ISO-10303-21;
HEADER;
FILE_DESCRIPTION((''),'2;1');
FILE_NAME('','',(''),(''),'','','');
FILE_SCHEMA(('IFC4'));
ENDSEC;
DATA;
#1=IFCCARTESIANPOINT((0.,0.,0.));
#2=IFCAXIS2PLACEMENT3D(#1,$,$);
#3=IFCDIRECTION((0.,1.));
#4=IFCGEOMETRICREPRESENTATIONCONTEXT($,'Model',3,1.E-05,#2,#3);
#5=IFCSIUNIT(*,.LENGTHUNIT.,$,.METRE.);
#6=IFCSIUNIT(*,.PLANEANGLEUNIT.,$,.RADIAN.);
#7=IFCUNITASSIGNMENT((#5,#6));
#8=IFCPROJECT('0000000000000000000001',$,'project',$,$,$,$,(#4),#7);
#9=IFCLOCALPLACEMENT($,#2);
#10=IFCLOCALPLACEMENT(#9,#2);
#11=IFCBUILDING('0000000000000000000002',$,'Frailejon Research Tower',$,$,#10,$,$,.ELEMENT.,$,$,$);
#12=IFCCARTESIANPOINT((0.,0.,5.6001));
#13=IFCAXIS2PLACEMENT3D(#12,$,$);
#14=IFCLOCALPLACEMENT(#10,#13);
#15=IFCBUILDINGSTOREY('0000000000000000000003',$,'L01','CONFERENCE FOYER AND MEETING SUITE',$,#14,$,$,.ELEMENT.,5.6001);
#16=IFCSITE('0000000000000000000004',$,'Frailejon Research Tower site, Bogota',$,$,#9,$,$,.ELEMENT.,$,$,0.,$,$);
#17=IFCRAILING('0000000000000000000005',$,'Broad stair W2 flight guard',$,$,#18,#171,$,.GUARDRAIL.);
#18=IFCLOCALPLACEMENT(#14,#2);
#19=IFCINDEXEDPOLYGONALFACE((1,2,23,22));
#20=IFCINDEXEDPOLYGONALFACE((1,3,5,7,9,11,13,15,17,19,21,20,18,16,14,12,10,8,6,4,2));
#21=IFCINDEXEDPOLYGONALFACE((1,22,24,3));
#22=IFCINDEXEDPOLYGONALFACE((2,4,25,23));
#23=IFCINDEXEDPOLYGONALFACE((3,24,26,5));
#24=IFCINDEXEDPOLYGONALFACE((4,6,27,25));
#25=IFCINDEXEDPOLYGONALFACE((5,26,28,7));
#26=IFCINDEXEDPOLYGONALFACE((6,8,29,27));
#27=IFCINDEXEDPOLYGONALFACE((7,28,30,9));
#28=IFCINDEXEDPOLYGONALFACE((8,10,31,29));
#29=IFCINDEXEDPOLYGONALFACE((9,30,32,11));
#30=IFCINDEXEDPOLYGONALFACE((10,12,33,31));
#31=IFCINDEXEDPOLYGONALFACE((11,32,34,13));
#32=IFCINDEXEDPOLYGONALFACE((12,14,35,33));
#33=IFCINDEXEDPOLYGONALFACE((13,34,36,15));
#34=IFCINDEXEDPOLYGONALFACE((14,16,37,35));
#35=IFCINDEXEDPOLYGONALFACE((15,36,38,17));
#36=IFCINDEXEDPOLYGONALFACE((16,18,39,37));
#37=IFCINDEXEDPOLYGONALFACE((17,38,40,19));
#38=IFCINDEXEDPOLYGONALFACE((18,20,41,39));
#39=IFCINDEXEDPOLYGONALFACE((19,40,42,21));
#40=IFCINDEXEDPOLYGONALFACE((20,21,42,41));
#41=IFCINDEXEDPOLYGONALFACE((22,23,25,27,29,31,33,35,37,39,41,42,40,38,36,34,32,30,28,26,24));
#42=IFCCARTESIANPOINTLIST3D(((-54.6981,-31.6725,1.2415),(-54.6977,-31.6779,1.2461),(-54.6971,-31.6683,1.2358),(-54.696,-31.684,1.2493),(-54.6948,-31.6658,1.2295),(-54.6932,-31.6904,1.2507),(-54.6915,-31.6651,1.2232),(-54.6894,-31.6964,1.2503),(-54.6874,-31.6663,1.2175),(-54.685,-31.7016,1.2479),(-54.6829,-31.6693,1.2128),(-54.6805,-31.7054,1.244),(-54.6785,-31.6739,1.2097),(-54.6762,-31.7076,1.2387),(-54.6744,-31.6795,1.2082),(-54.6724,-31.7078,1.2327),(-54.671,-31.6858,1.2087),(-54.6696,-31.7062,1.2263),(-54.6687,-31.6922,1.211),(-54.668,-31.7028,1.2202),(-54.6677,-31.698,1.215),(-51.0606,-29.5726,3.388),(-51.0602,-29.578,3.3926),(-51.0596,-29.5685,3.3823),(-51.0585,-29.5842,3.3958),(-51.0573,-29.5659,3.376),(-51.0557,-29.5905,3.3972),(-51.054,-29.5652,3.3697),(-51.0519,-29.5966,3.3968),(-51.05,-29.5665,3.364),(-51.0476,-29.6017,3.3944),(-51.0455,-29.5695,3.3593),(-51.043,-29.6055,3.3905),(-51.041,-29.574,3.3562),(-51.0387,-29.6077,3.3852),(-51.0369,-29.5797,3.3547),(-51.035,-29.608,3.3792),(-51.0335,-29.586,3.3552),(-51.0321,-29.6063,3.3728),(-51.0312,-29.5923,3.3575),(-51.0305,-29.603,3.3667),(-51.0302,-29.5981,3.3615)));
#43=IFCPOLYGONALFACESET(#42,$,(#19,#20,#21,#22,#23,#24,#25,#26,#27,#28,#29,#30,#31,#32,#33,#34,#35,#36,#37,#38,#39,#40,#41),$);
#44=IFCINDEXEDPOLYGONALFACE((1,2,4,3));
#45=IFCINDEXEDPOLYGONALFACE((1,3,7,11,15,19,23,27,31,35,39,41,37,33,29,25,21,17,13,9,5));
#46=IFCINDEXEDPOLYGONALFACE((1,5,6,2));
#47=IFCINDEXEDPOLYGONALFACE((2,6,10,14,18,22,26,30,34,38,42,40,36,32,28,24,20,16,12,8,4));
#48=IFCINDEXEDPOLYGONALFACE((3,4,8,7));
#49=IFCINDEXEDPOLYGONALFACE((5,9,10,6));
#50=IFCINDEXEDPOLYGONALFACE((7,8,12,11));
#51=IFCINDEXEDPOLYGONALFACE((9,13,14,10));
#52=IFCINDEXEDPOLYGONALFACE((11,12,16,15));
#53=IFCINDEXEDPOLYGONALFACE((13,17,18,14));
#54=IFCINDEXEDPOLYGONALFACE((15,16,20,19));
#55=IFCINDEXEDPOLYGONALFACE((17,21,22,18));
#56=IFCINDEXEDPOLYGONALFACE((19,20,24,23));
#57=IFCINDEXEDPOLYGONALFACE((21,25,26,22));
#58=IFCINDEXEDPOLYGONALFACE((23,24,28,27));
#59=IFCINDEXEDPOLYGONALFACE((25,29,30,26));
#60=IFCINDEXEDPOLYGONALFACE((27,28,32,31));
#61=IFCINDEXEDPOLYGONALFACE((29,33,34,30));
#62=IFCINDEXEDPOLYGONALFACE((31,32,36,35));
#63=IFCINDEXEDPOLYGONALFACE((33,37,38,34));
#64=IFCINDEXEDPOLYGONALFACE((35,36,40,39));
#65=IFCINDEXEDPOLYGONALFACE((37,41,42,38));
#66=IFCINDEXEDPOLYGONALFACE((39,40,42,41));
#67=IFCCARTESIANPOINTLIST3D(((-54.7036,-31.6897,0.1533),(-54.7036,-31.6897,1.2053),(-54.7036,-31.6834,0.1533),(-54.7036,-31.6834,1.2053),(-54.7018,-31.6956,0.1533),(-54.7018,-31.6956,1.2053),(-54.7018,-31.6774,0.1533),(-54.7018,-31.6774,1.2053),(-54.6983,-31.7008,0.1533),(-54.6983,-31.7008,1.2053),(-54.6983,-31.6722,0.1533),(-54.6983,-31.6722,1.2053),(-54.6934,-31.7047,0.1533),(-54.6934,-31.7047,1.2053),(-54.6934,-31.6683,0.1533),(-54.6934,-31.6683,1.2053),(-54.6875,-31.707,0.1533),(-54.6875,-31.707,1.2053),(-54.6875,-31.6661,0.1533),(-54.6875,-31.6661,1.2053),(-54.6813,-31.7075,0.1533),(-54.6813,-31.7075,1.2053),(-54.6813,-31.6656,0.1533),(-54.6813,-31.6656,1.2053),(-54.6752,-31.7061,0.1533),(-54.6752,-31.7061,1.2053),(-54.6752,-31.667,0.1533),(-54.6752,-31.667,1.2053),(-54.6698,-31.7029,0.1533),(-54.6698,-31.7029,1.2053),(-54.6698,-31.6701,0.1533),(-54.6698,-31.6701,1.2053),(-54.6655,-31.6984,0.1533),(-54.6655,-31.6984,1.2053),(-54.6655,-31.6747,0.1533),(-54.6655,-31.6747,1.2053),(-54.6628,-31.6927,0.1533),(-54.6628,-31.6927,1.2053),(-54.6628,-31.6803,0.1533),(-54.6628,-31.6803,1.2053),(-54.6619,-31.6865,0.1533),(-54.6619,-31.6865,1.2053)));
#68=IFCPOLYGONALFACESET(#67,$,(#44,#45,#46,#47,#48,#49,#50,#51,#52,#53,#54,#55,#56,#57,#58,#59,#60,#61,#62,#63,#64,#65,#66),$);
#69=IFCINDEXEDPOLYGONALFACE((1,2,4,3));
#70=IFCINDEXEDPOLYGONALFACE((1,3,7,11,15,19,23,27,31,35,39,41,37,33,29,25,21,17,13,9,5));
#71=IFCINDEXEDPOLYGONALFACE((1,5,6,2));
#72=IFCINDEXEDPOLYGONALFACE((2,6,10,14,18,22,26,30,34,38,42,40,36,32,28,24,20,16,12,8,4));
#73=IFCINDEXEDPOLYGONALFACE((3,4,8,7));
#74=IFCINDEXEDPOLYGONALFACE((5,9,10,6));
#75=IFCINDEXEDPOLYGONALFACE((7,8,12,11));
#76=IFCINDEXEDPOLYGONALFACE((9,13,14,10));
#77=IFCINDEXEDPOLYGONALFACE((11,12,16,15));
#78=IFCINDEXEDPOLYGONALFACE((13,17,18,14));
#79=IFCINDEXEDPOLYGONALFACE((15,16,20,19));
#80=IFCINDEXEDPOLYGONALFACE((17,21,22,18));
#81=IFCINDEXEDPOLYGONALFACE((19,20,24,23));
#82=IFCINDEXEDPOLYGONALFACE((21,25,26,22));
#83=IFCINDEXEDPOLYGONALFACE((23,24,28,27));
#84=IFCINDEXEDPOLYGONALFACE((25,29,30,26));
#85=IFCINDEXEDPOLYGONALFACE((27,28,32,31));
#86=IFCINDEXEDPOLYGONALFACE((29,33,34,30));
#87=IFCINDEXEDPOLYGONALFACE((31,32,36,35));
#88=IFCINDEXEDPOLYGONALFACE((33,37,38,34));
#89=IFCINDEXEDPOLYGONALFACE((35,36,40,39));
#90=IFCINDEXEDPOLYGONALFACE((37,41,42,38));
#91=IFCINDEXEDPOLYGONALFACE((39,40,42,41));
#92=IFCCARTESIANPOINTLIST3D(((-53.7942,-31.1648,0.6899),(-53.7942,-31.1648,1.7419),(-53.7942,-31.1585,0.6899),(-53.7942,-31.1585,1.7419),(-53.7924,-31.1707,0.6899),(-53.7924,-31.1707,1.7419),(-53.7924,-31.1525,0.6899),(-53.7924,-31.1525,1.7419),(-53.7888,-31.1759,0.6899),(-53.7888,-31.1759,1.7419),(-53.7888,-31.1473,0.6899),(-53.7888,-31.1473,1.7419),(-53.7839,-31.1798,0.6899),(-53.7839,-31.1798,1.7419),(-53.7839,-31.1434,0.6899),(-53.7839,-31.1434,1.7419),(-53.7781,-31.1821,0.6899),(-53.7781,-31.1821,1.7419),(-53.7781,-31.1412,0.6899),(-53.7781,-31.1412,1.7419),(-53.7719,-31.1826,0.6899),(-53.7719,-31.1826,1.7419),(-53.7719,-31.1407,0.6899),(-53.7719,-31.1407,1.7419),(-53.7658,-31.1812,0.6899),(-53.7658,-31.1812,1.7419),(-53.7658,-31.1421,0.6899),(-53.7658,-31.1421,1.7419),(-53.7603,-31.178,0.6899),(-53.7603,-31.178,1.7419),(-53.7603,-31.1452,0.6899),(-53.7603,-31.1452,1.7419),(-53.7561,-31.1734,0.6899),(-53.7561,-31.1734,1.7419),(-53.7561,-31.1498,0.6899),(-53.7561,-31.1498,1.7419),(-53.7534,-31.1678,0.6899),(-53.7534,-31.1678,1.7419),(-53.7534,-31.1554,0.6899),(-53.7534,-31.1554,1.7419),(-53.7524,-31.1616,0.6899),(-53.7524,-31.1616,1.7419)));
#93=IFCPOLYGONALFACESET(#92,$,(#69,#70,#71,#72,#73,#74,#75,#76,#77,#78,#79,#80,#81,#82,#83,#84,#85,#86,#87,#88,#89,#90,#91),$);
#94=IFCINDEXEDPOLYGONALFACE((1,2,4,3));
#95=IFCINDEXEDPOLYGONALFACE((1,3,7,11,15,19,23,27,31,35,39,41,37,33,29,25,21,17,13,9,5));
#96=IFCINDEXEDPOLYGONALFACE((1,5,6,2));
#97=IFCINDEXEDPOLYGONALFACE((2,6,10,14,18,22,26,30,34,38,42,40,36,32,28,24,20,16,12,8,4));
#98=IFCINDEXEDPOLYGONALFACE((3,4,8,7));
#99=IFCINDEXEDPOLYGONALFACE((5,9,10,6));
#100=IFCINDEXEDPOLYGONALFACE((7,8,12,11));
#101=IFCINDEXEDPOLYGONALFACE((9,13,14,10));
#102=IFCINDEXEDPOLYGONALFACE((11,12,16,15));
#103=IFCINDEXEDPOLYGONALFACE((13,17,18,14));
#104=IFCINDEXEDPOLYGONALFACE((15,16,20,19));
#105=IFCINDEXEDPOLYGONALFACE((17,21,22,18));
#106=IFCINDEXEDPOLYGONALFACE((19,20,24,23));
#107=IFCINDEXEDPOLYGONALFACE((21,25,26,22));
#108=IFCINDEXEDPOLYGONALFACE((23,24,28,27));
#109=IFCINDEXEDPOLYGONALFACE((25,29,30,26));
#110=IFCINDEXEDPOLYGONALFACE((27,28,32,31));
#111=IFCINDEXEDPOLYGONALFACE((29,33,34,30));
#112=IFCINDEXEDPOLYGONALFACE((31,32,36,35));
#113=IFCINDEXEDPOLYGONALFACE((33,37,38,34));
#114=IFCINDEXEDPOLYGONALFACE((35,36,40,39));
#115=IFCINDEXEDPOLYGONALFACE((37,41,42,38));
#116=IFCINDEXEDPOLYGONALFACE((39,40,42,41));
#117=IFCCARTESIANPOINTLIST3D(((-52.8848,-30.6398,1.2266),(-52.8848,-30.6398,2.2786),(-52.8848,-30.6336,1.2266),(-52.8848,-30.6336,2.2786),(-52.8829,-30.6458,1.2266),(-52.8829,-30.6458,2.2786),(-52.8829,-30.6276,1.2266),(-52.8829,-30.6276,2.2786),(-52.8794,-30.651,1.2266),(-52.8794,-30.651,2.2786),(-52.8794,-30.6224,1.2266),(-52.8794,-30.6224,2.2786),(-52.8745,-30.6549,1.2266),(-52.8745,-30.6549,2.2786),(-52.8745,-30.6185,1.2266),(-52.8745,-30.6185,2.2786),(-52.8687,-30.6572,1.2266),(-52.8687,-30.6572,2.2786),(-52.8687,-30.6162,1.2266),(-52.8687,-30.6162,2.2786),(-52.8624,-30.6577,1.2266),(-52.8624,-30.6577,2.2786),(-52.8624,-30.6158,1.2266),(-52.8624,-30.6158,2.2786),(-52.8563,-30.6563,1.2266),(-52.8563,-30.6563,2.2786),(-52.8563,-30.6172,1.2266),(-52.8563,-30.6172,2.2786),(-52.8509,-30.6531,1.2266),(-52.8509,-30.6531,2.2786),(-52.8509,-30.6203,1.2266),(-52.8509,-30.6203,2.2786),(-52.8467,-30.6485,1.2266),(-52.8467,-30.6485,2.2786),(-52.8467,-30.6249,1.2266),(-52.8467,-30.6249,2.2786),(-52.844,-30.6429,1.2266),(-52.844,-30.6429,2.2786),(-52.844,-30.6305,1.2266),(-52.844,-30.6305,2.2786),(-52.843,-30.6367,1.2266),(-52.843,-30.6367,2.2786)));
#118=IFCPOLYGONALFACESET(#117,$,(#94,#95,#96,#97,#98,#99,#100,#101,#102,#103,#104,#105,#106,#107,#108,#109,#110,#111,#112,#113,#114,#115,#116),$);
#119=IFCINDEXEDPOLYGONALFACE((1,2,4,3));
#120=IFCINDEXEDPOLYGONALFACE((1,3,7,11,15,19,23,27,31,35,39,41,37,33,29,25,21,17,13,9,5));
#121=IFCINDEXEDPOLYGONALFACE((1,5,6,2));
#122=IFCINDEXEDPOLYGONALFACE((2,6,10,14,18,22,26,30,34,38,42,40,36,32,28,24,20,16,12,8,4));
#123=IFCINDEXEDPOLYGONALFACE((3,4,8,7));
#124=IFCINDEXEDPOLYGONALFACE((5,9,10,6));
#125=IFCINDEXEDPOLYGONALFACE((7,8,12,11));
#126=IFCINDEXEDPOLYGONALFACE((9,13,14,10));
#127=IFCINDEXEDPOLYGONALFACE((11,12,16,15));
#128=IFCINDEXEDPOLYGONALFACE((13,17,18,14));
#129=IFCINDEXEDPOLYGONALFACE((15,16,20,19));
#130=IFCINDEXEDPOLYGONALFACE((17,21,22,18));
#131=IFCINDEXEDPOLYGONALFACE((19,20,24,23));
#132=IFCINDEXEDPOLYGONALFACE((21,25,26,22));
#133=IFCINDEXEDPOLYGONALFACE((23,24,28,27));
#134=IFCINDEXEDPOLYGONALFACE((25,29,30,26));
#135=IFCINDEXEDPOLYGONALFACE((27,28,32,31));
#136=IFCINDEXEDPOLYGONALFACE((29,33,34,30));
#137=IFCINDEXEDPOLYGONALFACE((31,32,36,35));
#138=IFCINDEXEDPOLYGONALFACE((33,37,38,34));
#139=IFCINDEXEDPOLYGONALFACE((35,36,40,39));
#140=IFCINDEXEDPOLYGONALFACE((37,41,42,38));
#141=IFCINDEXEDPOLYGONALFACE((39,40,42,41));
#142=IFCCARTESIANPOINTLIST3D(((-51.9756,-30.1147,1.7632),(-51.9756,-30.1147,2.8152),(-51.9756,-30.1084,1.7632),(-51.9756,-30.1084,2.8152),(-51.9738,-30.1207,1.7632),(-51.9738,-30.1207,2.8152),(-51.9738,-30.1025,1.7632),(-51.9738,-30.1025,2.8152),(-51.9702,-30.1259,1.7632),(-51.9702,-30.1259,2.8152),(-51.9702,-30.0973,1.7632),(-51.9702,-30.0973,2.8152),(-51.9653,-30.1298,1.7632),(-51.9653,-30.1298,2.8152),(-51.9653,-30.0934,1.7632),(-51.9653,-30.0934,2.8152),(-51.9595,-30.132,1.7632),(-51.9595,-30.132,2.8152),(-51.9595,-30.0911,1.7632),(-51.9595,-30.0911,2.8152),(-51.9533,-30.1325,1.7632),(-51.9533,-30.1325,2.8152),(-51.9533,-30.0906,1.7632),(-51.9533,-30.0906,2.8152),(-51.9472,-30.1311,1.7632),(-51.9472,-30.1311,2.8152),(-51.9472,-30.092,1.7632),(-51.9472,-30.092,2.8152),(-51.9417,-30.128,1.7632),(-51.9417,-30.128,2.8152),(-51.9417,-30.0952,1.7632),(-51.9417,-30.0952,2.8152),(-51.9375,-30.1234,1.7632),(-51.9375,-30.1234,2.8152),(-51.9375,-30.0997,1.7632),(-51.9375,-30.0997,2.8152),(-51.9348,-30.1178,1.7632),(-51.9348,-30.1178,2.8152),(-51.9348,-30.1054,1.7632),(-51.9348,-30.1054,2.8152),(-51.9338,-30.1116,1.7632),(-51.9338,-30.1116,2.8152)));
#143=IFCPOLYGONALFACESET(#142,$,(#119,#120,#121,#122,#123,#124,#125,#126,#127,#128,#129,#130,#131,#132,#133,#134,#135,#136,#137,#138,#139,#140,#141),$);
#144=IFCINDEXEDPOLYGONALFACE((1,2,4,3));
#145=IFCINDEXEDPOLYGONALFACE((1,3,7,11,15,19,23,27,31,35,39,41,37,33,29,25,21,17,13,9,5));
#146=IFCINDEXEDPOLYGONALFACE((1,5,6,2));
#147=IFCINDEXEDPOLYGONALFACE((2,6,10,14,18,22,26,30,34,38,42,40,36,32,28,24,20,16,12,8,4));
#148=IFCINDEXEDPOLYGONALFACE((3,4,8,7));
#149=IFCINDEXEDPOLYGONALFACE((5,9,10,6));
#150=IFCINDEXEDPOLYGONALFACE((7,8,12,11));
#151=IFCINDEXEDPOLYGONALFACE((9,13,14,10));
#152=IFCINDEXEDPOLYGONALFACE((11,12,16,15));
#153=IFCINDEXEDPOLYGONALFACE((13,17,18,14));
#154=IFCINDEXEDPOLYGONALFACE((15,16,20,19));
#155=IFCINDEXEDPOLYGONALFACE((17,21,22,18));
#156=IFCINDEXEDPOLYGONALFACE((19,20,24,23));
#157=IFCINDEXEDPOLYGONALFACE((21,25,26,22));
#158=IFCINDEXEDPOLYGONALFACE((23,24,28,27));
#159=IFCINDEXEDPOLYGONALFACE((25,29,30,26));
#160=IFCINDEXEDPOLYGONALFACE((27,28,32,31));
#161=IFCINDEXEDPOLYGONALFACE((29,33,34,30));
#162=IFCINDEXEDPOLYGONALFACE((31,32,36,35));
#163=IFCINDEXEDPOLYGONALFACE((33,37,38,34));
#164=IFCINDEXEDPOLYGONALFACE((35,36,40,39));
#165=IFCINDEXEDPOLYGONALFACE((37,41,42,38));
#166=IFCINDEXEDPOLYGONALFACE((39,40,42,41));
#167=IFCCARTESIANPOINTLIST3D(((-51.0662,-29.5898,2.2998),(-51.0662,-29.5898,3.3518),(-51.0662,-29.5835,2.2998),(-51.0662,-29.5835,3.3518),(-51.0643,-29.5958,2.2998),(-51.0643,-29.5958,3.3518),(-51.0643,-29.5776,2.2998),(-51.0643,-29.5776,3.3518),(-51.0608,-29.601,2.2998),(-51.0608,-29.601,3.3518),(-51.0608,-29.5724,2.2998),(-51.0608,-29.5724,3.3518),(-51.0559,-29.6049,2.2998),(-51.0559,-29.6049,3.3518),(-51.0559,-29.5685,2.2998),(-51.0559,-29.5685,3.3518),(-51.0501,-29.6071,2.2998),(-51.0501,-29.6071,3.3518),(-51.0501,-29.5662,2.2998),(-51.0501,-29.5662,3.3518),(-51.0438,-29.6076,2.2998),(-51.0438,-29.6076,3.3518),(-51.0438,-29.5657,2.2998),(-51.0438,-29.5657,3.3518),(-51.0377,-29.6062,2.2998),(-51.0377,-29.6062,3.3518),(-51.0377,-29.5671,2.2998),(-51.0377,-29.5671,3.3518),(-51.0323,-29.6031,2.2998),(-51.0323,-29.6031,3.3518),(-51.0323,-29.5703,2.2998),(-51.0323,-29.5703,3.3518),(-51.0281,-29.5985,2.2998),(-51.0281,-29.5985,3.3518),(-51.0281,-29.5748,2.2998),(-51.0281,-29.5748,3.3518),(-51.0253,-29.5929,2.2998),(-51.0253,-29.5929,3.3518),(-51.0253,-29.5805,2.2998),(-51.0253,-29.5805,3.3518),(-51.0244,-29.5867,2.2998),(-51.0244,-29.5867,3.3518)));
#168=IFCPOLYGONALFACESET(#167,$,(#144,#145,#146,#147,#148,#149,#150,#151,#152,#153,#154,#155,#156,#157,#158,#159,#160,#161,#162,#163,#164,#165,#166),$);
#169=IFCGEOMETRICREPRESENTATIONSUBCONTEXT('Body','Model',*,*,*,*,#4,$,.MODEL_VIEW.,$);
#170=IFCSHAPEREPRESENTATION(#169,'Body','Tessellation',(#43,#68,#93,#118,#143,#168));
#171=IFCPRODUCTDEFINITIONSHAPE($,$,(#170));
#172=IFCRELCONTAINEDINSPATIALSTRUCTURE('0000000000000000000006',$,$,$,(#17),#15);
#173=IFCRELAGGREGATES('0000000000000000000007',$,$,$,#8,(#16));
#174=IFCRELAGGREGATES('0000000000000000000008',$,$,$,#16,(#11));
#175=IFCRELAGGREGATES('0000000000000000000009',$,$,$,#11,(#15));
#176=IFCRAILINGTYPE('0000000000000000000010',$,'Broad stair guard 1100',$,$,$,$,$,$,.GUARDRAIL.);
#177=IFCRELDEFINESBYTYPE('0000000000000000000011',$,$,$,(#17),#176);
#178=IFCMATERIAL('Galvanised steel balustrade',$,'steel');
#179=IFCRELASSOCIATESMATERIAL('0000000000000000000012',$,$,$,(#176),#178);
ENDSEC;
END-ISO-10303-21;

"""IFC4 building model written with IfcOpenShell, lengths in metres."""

from ifc_helpers import new_model, si_unit, direction, frame, origin, origin_2d, place, context, subcontext, project, spatial, circle, extrude, material, type_object, element, save


model = new_model("IFC4")

# Units and contexts
model_context = context("Model", 3, precision=1e-05, world=origin(), true_north=direction((0.0, 1.0)))
body_context = subcontext(model_context, "Body", "Model", "MODEL_VIEW")
ifc_project = project(units=[si_unit("LENGTHUNIT", "METRE"), si_unit("PLANEANGLEUNIT", "RADIAN")], contexts=[model_context])

# Site, building, storey
site_placement = place(None, origin())
site = spatial("IfcSite", under=ifc_project, at=site_placement, Name="Frailejon Research Tower site, Bogota", CompositionType="ELEMENT", RefElevation=0.0)
building_placement = place(site_placement, origin())
building = spatial("IfcBuilding", under=site, at=building_placement, Name="Frailejon Research Tower", CompositionType="ELEMENT")
storey_placement = place(building_placement, frame((0.0, 0.0, 5.6001)))
storey = spatial("IfcBuildingStorey", under=building, at=storey_placement, Name="L01", Description="CONFERENCE FOYER AND MEETING SUITE", CompositionType="ELEMENT", Elevation=5.6001)

# Railing
ifc_material_1 = material(Name="Galvanised steel balustrade", Category="steel")
railing_type_1 = type_object("IfcRailingType", Name="Broad stair guard 1100", PredefinedType="GUARDRAIL", material=ifc_material_1)
railing_1_placement = place(storey_placement, frame((-54.6829, -31.6865, 0.1533)))
element("IfcRailing", 1, at=railing_1_placement, inside=storey, type_object=railing_type_1, Name="Broad stair W2 flight guard", PredefinedType="GUARDRAIL", context=body_context, shape_type="SweptSolid", body=[
    extrude(circle(Radius=0.0239, at=origin_2d()), frame((0.0, 0.0, 1.0762), z_axis=(0.771176, 0.44519, 0.455076), x_axis=(-0.499959, 0.866049, 0.0)), (0.0, 0.0, 1.0), 4.7168),
    extrude(circle(Radius=0.021, at=origin_2d()), origin(), (0.0, 0.0, 1.0), 1.052),
    extrude(circle(Radius=0.021, at=origin_2d()), frame((0.9094, 0.5249, 0.5366)), (0.0, 0.0, 1.0), 1.052),
    extrude(circle(Radius=0.021, at=origin_2d()), frame((1.8188, 1.0498, 1.0732)), (0.0, 0.0, 1.0), 1.052),
    extrude(circle(Radius=0.021, at=origin_2d()), frame((2.728, 1.575, 1.6099)), (0.0, 0.0, 1.0), 1.052),
    extrude(circle(Radius=0.021, at=origin_2d()), frame((3.6375, 2.0999, 2.1465)), (0.0, 0.0, 1.0), 1.052),
])

save(model, "model.ifc")
